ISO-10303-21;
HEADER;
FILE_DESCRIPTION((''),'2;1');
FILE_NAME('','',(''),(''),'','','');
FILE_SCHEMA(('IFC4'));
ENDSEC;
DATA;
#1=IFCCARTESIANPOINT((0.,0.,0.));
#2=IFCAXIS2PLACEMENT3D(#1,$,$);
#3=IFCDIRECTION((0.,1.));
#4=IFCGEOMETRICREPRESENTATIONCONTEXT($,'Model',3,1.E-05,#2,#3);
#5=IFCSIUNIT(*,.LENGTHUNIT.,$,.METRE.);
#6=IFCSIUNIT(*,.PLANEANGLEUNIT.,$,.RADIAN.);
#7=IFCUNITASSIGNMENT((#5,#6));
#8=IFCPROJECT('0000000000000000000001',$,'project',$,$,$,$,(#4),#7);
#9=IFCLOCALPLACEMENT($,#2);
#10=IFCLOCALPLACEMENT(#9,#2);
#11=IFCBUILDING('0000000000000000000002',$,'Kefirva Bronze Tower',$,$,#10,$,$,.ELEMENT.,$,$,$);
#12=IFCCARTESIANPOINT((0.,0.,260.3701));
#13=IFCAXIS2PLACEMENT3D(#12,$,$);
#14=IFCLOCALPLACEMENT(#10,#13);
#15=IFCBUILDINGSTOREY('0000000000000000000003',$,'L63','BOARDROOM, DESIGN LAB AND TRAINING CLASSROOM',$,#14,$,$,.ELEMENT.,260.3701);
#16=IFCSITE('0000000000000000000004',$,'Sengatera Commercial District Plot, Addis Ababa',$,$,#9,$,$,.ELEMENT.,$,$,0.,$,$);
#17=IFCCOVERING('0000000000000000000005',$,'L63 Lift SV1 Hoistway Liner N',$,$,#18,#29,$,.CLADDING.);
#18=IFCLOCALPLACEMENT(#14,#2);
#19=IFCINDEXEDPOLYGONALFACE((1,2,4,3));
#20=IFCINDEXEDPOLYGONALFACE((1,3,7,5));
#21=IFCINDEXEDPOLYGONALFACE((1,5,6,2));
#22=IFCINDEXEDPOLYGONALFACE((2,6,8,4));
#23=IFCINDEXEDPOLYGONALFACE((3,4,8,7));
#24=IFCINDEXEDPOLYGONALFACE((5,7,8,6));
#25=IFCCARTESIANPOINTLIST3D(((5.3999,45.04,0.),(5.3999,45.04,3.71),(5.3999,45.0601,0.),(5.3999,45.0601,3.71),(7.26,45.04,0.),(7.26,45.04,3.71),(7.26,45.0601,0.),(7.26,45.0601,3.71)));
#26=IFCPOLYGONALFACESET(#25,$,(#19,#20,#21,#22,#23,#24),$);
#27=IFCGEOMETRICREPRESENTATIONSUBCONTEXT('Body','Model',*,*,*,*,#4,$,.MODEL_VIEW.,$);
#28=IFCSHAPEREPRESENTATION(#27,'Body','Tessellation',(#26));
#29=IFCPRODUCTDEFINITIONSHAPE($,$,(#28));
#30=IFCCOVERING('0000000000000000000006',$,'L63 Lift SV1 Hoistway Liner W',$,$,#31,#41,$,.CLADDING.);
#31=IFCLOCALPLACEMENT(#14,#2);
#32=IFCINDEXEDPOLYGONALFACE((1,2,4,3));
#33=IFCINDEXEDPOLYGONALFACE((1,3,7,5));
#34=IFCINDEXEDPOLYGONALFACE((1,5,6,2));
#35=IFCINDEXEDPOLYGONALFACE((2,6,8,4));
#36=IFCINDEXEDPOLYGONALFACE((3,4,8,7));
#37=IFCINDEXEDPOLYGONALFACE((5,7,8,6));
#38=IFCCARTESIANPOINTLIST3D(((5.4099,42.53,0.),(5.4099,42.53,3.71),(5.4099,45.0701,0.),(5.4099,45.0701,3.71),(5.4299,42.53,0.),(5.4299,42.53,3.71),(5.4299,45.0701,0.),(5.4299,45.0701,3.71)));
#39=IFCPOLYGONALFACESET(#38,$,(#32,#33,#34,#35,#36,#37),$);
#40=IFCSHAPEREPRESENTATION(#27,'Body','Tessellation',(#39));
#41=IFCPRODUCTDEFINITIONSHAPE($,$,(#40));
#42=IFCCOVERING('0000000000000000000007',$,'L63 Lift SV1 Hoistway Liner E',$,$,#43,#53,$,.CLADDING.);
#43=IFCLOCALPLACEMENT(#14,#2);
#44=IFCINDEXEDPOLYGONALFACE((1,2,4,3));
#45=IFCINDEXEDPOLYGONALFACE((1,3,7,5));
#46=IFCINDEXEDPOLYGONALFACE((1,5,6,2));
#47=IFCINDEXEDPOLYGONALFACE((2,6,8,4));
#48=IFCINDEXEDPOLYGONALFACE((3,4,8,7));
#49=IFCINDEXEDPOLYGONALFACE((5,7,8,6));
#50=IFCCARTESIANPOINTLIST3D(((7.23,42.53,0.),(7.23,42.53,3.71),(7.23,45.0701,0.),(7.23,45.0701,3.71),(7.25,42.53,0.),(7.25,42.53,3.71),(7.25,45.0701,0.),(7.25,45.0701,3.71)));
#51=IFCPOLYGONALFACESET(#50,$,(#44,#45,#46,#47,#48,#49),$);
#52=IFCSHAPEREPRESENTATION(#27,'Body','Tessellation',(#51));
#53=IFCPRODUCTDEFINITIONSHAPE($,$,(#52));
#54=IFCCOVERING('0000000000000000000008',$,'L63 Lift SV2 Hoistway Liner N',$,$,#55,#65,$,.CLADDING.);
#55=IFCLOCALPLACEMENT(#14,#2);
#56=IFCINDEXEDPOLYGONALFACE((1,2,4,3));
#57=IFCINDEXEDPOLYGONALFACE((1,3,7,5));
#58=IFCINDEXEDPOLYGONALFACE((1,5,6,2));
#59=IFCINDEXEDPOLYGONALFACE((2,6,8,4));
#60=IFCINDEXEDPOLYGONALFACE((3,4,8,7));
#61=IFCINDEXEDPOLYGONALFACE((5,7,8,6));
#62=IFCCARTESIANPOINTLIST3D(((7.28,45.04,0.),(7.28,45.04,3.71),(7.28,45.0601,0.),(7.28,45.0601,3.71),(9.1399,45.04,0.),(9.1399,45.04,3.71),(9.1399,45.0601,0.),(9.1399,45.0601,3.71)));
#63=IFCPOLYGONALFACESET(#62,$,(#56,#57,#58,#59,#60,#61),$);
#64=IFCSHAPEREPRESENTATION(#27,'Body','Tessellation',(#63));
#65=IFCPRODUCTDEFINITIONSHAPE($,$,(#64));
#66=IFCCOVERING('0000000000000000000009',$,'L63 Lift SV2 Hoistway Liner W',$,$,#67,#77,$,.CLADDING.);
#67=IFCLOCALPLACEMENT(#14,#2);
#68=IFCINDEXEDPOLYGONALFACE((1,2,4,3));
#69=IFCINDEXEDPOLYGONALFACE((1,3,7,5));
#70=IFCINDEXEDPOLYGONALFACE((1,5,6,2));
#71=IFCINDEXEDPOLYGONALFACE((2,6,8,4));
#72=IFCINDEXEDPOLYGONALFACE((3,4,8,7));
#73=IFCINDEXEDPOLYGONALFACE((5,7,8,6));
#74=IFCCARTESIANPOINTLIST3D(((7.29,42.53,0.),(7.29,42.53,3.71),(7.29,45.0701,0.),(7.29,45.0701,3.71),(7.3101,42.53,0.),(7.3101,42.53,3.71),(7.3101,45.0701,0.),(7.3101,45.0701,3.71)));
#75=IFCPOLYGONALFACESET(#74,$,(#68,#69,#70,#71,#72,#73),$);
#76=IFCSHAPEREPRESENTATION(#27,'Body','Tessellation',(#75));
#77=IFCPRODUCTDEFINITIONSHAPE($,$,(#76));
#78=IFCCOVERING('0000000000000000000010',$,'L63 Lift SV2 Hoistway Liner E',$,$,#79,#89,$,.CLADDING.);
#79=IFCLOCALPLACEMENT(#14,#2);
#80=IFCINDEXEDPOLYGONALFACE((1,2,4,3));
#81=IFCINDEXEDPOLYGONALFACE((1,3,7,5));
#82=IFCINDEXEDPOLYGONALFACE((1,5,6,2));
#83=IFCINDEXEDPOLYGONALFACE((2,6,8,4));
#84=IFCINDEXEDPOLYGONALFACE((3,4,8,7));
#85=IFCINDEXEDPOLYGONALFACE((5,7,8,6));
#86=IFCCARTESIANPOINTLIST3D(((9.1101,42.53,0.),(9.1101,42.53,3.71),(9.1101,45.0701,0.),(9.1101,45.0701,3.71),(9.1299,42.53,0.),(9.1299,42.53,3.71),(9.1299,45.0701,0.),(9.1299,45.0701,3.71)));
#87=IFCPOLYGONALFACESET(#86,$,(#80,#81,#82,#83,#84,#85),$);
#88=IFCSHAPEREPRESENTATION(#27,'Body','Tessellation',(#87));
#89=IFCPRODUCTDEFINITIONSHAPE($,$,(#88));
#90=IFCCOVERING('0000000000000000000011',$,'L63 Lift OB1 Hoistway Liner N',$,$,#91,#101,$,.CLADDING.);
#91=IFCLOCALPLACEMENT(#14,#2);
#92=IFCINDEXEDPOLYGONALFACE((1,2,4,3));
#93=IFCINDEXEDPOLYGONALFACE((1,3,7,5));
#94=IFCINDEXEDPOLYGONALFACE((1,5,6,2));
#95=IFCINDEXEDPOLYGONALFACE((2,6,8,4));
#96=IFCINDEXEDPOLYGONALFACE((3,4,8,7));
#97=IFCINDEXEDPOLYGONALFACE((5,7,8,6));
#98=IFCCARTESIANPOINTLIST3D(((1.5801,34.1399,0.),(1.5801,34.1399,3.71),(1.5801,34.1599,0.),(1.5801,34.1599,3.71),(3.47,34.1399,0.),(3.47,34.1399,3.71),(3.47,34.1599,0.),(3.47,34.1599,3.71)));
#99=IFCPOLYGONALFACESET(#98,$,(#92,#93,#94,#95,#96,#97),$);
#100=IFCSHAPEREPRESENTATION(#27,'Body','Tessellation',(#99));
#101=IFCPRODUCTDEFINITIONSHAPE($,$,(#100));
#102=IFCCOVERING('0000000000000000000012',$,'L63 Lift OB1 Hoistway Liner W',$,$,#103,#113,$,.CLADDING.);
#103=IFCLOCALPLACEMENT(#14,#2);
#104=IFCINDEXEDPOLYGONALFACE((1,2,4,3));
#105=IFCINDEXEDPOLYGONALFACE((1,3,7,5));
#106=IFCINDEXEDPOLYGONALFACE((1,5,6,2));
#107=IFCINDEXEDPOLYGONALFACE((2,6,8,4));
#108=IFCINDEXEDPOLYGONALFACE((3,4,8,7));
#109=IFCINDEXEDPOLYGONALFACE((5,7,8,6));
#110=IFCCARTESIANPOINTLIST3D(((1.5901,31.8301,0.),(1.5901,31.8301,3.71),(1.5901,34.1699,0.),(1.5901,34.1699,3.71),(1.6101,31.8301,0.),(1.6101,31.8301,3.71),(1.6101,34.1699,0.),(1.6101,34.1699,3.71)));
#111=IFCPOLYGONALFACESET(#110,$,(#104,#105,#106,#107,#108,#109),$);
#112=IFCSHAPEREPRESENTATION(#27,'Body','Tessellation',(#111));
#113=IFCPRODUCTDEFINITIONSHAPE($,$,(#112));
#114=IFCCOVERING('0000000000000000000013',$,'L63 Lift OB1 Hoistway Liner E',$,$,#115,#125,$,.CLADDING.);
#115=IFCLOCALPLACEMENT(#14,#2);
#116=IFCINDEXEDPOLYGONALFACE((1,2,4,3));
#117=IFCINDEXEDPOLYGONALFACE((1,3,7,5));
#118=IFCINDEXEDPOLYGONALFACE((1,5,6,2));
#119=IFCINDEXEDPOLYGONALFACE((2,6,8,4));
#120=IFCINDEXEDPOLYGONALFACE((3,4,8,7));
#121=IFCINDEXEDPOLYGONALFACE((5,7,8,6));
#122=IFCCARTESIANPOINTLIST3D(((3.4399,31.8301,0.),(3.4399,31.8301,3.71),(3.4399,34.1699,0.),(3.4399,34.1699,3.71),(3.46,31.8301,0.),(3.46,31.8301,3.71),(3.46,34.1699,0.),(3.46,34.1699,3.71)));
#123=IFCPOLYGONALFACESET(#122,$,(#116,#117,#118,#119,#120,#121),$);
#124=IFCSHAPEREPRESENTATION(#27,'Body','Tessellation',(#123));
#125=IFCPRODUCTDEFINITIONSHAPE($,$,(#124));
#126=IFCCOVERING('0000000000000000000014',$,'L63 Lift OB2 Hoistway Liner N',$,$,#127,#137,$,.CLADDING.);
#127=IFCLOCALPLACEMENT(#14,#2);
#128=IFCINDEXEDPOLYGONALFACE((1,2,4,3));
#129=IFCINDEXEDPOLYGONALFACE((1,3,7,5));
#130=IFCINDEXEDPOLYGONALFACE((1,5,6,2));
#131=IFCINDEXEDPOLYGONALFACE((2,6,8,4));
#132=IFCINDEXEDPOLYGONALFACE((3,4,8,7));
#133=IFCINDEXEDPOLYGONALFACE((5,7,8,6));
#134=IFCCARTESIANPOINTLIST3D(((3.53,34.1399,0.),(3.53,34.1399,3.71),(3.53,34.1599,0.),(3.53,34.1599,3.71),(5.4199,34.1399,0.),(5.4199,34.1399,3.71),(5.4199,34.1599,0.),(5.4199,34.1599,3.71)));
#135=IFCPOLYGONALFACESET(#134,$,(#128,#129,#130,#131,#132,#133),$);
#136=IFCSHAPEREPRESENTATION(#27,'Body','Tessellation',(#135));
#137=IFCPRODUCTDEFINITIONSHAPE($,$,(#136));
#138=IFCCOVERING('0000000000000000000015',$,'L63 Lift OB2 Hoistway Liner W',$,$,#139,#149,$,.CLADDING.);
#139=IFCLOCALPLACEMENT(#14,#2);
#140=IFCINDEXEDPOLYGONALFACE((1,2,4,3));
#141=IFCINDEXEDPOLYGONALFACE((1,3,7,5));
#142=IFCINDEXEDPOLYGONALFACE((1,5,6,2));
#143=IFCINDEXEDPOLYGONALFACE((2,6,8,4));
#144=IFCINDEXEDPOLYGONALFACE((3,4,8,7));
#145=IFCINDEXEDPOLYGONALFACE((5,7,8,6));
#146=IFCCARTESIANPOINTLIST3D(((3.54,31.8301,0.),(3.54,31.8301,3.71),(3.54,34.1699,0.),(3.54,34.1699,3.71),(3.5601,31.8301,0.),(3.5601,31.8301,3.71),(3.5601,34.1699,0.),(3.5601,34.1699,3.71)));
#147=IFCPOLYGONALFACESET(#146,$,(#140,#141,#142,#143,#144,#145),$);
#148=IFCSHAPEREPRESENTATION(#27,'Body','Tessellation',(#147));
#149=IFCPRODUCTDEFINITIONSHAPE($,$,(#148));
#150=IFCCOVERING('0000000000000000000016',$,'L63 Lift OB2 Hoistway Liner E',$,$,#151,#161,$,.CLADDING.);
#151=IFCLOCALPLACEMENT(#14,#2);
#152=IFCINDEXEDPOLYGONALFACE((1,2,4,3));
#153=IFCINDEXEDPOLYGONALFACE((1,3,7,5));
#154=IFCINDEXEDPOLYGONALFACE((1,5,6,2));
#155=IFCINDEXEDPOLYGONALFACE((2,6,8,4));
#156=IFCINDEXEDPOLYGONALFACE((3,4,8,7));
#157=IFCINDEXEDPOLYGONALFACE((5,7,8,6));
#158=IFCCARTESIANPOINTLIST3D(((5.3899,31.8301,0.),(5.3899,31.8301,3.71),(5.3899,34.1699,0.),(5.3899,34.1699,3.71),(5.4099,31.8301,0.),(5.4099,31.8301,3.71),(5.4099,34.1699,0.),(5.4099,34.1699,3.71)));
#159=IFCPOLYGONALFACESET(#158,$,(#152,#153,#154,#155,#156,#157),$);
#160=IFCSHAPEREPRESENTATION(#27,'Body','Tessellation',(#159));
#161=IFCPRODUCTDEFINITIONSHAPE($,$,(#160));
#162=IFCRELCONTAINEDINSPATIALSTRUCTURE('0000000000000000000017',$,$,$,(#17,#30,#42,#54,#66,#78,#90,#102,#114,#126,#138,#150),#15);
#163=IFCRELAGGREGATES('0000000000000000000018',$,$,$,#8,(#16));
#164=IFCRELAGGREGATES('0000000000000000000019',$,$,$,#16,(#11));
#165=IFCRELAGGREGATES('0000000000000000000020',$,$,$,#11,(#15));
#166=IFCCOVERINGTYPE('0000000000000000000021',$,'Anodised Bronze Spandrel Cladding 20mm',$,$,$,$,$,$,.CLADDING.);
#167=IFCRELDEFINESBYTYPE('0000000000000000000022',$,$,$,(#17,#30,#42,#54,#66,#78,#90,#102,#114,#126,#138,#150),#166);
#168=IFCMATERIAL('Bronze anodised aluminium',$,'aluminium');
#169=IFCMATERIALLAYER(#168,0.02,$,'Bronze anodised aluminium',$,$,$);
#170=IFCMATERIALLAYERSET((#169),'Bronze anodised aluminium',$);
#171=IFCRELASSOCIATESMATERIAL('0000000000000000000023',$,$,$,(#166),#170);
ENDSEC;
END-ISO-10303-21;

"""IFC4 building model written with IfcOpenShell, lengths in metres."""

from ifc_helpers import new_model, si_unit, direction, frame, origin, place, context, subcontext, project, spatial, polyline, outline, extrude, material, layer, layer_set, type_object, element, save


model = new_model("IFC4")

# Units and contexts
model_context = context("Model", 3, precision=1e-05, world=origin(), true_north=direction((0.0, 1.0)))
body_context = subcontext(model_context, "Body", "Model", "MODEL_VIEW")
ifc_project = project(units=[si_unit("LENGTHUNIT", "METRE"), si_unit("PLANEANGLEUNIT", "RADIAN")], contexts=[model_context])

# Site, building, storey
site_placement = place(None, origin())
site = spatial("IfcSite", under=ifc_project, at=site_placement, Name="Sengatera Commercial District Plot, Addis Ababa", CompositionType="ELEMENT", RefElevation=0.0)
building_placement = place(site_placement, origin())
building = spatial("IfcBuilding", under=site, at=building_placement, Name="Kefirva Bronze Tower", CompositionType="ELEMENT")
storey_placement = place(building_placement, frame((0.0, 0.0, 260.3701)))
storey = spatial("IfcBuildingStorey", under=building, at=storey_placement, Name="L63", Description="BOARDROOM, DESIGN LAB AND TRAINING CLASSROOM", CompositionType="ELEMENT", Elevation=260.3701)

# Coverings
ifc_material_1 = material(Name="Bronze anodised aluminium", Category="aluminium")
ifc_layer_1 = layer(ifc_material_1, 0.02, Name="Bronze anodised aluminium")
ifc_layer_set_1 = layer_set([ifc_layer_1], Name="Bronze anodised aluminium")
covering_type = type_object("IfcCoveringType", Name="Anodised Bronze Spandrel Cladding 20mm", PredefinedType="CLADDING", material=ifc_layer_set_1)
covering_1_placement = place(storey_placement, origin())
element("IfcCovering", 1, at=covering_1_placement, inside=storey, type_object=covering_type, Name="L63 Lift SV1 Hoistway Liner N", PredefinedType="CLADDING", context=body_context, shape_type="SweptSolid", body=[
    extrude(outline(polyline([(5.3999, 45.04), (7.26, 45.04), (7.26, 45.0601), (5.3999, 45.0601), (5.3999, 45.04)])), origin(), (0.0, 0.0, 1.0), 3.71),
])
covering_2_placement = place(storey_placement, origin())
element("IfcCovering", 2, at=covering_2_placement, inside=storey, type_object=covering_type, Name="L63 Lift SV1 Hoistway Liner W", PredefinedType="CLADDING", context=body_context, shape_type="SweptSolid", body=[
    extrude(outline(polyline([(5.4099, 42.53), (5.4299, 42.53), (5.4299, 45.0701), (5.4099, 45.0701), (5.4099, 42.53)])), origin(), (0.0, 0.0, 1.0), 3.71),
])
covering_3_placement = place(storey_placement, origin())
element("IfcCovering", 3, at=covering_3_placement, inside=storey, type_object=covering_type, Name="L63 Lift SV1 Hoistway Liner E", PredefinedType="CLADDING", context=body_context, shape_type="SweptSolid", body=[
    extrude(outline(polyline([(7.23, 42.53), (7.25, 42.53), (7.25, 45.0701), (7.23, 45.0701), (7.23, 42.53)])), origin(), (0.0, 0.0, 1.0), 3.71),
])
covering_4_placement = place(storey_placement, origin())
element("IfcCovering", 4, at=covering_4_placement, inside=storey, type_object=covering_type, Name="L63 Lift SV2 Hoistway Liner N", PredefinedType="CLADDING", context=body_context, shape_type="SweptSolid", body=[
    extrude(outline(polyline([(7.28, 45.04), (9.1399, 45.04), (9.1399, 45.0601), (7.28, 45.0601), (7.28, 45.04)])), origin(), (0.0, 0.0, 1.0), 3.71),
])
covering_5_placement = place(storey_placement, origin())
element("IfcCovering", 5, at=covering_5_placement, inside=storey, type_object=covering_type, Name="L63 Lift SV2 Hoistway Liner W", PredefinedType="CLADDING", context=body_context, shape_type="SweptSolid", body=[
    extrude(outline(polyline([(7.29, 42.53), (7.3101, 42.53), (7.3101, 45.0701), (7.29, 45.0701), (7.29, 42.53)])), origin(), (0.0, 0.0, 1.0), 3.71),
])
covering_6_placement = place(storey_placement, origin())
element("IfcCovering", 6, at=covering_6_placement, inside=storey, type_object=covering_type, Name="L63 Lift SV2 Hoistway Liner E", PredefinedType="CLADDING", context=body_context, shape_type="SweptSolid", body=[
    extrude(outline(polyline([(9.1101, 42.53), (9.1299, 42.53), (9.1299, 45.0701), (9.1101, 45.0701), (9.1101, 42.53)])), origin(), (0.0, 0.0, 1.0), 3.71),
])
covering_7_placement = place(storey_placement, origin())
element("IfcCovering", 7, at=covering_7_placement, inside=storey, type_object=covering_type, Name="L63 Lift OB1 Hoistway Liner N", PredefinedType="CLADDING", context=body_context, shape_type="SweptSolid", body=[
    extrude(outline(polyline([(1.5801, 34.1399), (3.47, 34.1399), (3.47, 34.1599), (1.5801, 34.1599), (1.5801, 34.1399)])), origin(), (0.0, 0.0, 1.0), 3.71),
])
covering_8_placement = place(storey_placement, origin())
element("IfcCovering", 8, at=covering_8_placement, inside=storey, type_object=covering_type, Name="L63 Lift OB1 Hoistway Liner W", PredefinedType="CLADDING", context=body_context, shape_type="SweptSolid", body=[
    extrude(outline(polyline([(1.5901, 31.8301), (1.6101, 31.8301), (1.6101, 34.1699), (1.5901, 34.1699), (1.5901, 31.8301)])), origin(), (0.0, 0.0, 1.0), 3.71),
])
covering_9_placement = place(storey_placement, origin())
element("IfcCovering", 9, at=covering_9_placement, inside=storey, type_object=covering_type, Name="L63 Lift OB1 Hoistway Liner E", PredefinedType="CLADDING", context=body_context, shape_type="SweptSolid", body=[
    extrude(outline(polyline([(3.4399, 31.8301), (3.46, 31.8301), (3.46, 34.1699), (3.4399, 34.1699), (3.4399, 31.8301)])), origin(), (0.0, 0.0, 1.0), 3.71),
])
covering_10_placement = place(storey_placement, origin())
element("IfcCovering", 10, at=covering_10_placement, inside=storey, type_object=covering_type, Name="L63 Lift OB2 Hoistway Liner N", PredefinedType="CLADDING", context=body_context, shape_type="SweptSolid", body=[
    extrude(outline(polyline([(3.53, 34.1399), (5.4199, 34.1399), (5.4199, 34.1599), (3.53, 34.1599), (3.53, 34.1399)])), origin(), (0.0, 0.0, 1.0), 3.71),
])
covering_11_placement = place(storey_placement, origin())
element("IfcCovering", 11, at=covering_11_placement, inside=storey, type_object=covering_type, Name="L63 Lift OB2 Hoistway Liner W", PredefinedType="CLADDING", context=body_context, shape_type="SweptSolid", body=[
    extrude(outline(polyline([(3.54, 31.8301), (3.5601, 31.8301), (3.5601, 34.1699), (3.54, 34.1699), (3.54, 31.8301)])), origin(), (0.0, 0.0, 1.0), 3.71),
])
covering_12_placement = place(storey_placement, origin())
element("IfcCovering", 12, at=covering_12_placement, inside=storey, type_object=covering_type, Name="L63 Lift OB2 Hoistway Liner E", PredefinedType="CLADDING", context=body_context, shape_type="SweptSolid", body=[
    extrude(outline(polyline([(5.3899, 31.8301), (5.4099, 31.8301), (5.4099, 34.1699), (5.3899, 34.1699), (5.3899, 31.8301)])), origin(), (0.0, 0.0, 1.0), 3.71),
])

save(model, "model.ifc")
